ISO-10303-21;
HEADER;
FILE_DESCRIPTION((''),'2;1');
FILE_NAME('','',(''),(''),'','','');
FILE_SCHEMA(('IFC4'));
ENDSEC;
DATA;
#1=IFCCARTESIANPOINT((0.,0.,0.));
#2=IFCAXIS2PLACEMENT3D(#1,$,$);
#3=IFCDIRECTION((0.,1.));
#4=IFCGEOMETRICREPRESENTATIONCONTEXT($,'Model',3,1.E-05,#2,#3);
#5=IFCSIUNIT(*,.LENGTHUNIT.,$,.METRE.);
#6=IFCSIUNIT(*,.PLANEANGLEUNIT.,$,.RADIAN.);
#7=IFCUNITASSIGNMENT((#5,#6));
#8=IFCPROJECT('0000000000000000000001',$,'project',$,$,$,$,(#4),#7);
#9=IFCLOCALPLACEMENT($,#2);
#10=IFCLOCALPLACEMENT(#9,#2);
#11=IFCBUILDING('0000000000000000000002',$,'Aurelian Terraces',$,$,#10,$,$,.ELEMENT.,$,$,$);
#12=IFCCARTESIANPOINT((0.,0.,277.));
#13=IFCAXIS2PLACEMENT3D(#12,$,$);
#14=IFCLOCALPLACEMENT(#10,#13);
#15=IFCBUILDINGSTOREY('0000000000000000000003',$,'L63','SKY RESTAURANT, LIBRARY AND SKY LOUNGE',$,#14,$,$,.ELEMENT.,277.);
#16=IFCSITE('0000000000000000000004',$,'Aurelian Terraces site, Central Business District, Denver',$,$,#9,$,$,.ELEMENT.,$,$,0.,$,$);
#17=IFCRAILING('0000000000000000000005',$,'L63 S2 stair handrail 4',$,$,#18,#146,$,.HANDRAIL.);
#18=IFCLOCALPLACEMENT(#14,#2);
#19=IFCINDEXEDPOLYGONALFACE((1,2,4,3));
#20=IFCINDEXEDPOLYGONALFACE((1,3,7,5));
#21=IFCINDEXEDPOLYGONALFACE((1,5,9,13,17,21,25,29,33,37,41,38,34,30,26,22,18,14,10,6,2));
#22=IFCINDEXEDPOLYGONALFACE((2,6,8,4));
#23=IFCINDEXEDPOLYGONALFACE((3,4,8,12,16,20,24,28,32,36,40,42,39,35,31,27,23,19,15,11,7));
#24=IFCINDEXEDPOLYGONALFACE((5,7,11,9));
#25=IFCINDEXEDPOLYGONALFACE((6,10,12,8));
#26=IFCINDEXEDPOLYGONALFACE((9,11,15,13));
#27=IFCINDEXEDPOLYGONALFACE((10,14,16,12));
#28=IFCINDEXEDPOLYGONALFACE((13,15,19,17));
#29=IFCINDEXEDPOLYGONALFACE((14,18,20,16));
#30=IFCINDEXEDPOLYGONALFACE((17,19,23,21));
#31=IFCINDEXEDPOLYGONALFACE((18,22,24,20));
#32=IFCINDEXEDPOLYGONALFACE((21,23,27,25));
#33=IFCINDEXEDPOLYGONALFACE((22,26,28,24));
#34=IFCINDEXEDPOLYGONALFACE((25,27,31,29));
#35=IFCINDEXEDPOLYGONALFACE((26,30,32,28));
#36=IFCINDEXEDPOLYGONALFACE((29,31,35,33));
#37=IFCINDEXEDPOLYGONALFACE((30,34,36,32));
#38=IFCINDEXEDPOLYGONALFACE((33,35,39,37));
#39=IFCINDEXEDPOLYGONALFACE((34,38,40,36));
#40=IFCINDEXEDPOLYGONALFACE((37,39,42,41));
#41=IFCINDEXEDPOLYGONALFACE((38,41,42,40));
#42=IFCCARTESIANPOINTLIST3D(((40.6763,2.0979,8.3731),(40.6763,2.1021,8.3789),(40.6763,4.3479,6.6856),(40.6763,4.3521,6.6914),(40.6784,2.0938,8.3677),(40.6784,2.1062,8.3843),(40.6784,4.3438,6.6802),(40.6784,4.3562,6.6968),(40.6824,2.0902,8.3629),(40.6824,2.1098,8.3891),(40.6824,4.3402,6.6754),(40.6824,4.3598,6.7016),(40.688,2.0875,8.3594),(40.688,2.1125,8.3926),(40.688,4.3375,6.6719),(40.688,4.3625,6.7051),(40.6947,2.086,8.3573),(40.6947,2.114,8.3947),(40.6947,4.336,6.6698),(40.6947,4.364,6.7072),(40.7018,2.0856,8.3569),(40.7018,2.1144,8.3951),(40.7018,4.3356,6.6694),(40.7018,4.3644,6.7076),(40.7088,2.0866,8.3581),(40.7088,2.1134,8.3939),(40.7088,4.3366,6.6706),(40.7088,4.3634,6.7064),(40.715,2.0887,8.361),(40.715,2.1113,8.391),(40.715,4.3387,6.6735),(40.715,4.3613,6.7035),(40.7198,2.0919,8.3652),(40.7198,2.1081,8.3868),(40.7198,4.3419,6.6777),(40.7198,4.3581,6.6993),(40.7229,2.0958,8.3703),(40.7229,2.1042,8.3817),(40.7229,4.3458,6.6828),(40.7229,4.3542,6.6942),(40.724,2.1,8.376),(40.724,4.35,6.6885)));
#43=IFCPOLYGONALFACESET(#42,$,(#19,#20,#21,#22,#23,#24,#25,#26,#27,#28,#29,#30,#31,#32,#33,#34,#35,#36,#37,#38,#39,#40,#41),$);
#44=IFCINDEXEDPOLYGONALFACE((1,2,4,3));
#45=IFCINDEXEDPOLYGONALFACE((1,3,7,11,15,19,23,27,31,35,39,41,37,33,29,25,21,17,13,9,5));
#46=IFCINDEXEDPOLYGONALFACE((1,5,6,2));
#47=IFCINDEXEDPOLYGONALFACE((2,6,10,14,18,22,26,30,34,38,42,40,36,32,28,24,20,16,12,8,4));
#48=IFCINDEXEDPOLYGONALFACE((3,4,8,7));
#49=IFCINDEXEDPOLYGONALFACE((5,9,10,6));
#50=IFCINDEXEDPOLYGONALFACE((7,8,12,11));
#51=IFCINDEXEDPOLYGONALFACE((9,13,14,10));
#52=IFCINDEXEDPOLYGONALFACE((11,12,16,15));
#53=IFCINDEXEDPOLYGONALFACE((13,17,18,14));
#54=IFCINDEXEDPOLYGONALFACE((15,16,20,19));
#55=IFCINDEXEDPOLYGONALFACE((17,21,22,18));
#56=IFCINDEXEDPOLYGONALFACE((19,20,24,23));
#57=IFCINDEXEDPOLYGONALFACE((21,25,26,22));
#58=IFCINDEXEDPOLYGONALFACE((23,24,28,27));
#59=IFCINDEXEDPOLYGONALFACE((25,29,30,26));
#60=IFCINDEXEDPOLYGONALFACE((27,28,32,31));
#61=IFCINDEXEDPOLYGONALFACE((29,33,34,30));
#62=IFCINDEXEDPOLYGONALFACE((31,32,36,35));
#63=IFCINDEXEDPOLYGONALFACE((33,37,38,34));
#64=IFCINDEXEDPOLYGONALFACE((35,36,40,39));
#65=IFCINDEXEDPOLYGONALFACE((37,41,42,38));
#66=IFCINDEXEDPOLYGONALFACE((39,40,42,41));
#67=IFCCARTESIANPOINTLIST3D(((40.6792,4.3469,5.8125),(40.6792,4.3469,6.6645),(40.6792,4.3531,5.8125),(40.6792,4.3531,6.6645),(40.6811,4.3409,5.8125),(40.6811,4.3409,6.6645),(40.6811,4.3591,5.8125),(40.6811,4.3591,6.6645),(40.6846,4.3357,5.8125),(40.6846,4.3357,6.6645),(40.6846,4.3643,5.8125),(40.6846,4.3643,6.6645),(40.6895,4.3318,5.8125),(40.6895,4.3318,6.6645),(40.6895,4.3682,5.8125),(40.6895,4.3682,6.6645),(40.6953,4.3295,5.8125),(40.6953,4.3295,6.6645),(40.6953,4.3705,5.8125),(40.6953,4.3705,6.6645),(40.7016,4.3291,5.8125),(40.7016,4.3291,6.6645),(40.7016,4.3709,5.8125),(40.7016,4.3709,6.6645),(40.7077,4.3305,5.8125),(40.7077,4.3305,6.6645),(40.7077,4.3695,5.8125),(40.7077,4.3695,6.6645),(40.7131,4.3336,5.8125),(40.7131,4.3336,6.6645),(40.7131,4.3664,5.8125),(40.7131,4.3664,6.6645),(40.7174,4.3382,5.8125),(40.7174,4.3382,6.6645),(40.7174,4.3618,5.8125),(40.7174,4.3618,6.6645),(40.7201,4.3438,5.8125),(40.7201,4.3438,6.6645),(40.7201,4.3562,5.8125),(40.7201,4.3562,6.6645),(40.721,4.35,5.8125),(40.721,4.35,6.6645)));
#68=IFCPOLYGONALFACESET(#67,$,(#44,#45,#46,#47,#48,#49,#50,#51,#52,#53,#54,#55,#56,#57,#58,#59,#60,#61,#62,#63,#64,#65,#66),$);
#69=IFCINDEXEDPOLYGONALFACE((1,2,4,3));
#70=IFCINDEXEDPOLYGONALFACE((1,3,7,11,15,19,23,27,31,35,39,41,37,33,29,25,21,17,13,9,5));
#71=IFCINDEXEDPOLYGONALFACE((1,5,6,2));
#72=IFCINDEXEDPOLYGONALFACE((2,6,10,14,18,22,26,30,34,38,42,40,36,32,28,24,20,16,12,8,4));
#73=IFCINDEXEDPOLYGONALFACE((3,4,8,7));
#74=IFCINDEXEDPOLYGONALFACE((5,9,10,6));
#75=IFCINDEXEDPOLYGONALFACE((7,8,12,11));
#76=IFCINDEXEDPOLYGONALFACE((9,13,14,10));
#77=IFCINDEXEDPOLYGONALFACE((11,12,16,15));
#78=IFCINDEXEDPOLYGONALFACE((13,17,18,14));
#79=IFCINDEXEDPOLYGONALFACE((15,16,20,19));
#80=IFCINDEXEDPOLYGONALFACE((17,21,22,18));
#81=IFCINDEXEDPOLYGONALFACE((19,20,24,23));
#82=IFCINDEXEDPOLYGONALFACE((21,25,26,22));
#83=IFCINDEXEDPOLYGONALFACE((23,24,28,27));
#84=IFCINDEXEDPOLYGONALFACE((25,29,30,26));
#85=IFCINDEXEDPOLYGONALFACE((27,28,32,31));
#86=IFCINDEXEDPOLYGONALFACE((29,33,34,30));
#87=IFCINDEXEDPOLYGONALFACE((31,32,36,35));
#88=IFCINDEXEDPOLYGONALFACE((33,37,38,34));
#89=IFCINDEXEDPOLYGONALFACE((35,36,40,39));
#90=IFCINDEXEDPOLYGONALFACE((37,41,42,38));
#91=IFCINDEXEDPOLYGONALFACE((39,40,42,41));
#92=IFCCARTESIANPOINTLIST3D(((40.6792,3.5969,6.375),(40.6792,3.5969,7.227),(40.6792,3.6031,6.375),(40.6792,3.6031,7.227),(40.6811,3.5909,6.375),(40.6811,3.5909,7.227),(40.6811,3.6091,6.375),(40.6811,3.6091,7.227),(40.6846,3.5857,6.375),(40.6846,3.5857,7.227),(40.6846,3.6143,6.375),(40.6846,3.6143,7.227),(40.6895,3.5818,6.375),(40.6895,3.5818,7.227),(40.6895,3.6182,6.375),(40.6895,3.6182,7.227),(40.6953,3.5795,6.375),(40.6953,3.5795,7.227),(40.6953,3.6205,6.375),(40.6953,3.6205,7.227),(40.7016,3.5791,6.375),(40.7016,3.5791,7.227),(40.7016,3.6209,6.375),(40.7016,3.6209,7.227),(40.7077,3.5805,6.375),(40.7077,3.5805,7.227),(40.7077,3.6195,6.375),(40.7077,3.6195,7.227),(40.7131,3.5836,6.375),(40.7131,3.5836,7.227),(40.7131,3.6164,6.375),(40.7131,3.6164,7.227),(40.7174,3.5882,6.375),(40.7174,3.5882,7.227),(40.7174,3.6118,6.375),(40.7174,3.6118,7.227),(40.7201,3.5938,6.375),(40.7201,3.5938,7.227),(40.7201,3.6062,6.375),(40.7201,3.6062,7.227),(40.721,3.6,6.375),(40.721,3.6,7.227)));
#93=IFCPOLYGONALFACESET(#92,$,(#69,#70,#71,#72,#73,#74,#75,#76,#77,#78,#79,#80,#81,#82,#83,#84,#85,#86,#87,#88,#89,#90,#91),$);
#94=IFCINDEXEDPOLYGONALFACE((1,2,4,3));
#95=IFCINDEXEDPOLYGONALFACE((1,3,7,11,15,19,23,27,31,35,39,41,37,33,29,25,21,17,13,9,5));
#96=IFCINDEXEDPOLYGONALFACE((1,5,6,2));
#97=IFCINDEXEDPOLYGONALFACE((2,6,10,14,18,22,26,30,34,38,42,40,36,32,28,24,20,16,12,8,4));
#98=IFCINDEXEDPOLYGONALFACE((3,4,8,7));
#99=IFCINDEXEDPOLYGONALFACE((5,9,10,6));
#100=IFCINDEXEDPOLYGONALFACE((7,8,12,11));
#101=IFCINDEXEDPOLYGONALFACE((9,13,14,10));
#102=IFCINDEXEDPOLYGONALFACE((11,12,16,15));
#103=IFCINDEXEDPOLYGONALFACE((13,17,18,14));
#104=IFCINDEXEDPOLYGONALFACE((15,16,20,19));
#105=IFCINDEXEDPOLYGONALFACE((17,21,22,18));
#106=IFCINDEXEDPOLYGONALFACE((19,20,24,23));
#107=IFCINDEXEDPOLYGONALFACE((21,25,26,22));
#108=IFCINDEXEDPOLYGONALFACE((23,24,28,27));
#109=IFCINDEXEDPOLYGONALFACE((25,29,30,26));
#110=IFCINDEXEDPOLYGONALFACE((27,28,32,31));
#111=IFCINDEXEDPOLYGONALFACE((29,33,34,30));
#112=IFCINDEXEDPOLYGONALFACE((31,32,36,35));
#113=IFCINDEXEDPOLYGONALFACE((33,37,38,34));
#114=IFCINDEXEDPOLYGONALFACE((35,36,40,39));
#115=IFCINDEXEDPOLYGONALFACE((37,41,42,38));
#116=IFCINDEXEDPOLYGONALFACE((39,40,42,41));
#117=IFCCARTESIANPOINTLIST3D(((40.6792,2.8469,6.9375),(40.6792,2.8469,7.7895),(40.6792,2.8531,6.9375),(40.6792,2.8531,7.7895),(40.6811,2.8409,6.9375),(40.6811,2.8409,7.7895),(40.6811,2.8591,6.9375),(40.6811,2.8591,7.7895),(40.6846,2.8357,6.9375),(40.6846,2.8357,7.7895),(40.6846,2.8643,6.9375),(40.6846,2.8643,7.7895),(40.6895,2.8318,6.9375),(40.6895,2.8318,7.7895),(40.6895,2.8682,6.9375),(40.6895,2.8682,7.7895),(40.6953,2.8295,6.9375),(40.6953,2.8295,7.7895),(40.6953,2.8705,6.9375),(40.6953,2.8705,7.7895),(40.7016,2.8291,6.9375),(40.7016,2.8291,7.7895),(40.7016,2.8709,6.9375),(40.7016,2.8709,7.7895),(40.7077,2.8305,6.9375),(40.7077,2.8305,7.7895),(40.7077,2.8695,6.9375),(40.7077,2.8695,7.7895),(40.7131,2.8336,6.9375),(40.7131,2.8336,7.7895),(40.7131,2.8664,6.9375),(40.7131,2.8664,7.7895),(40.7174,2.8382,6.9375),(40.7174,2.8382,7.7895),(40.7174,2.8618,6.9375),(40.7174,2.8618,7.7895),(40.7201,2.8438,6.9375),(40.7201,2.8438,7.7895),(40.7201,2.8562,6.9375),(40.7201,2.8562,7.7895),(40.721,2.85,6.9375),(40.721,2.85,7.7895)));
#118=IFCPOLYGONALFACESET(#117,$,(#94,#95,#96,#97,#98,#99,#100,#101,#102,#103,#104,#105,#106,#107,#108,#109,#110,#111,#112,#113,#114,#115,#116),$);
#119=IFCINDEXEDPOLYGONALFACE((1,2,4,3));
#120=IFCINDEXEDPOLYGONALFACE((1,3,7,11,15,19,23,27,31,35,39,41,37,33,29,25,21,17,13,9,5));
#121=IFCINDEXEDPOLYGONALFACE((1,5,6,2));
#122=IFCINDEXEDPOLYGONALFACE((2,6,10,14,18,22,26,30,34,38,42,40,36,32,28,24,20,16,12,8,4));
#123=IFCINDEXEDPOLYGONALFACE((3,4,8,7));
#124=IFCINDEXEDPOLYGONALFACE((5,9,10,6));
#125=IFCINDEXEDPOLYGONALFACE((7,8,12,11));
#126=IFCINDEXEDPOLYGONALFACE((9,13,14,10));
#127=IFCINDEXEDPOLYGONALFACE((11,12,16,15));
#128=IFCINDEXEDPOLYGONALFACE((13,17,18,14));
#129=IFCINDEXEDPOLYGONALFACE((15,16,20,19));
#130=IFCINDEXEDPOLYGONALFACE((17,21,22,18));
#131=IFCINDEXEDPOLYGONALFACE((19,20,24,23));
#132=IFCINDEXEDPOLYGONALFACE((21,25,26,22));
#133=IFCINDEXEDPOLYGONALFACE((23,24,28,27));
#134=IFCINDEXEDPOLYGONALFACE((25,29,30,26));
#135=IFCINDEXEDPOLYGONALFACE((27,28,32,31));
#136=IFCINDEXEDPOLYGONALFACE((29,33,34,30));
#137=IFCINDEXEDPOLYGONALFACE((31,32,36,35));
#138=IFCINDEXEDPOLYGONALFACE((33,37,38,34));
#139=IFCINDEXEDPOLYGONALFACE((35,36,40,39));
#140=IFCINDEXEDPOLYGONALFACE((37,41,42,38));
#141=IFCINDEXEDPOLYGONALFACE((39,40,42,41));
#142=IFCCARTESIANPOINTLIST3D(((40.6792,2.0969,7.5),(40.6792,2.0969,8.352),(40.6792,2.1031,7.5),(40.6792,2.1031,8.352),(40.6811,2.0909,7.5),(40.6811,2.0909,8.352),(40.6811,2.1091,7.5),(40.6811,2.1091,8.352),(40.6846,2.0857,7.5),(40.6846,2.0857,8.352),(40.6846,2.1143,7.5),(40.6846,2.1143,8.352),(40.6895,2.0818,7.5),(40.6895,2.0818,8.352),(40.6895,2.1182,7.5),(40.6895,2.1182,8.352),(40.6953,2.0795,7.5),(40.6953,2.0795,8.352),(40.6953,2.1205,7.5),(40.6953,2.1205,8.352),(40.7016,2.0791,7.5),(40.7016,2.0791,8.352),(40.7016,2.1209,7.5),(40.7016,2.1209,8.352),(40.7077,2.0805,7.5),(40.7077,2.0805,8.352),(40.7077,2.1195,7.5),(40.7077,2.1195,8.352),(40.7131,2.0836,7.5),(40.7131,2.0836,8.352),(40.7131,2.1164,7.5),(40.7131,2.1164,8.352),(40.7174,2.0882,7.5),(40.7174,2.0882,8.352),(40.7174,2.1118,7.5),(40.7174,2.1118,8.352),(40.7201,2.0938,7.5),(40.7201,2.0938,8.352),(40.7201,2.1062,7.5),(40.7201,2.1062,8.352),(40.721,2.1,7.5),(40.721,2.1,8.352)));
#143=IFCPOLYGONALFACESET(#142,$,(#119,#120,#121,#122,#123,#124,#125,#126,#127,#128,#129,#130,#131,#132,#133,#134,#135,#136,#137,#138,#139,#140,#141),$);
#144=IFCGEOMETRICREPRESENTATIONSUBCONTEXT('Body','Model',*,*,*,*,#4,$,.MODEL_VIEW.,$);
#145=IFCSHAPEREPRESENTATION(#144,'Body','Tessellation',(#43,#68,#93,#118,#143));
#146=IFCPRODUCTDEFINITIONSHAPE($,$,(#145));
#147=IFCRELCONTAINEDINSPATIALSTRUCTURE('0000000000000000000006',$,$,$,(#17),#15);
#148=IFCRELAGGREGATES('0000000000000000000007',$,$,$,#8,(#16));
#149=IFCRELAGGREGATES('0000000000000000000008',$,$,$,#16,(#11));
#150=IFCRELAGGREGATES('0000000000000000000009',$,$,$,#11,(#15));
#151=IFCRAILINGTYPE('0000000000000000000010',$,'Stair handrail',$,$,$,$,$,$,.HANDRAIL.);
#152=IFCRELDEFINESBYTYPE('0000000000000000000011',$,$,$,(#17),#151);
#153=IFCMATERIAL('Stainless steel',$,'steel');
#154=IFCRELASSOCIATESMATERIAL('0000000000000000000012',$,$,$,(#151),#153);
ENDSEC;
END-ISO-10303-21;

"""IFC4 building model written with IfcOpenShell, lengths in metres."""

from ifc_helpers import new_model, si_unit, direction, frame, origin, origin_2d, place, context, subcontext, project, spatial, circle, extrude, source, transform, mapped, material, type_object, element, save


model = new_model("IFC4")

# Units and contexts
model_context = context("Model", 3, precision=1e-05, world=origin(), true_north=direction((0.0, 1.0)))
body_context = subcontext(model_context, "Body", "Model", "MODEL_VIEW")
ifc_project = project(units=[si_unit("LENGTHUNIT", "METRE"), si_unit("PLANEANGLEUNIT", "RADIAN")], contexts=[model_context])

# Site, building, storey
site_placement = place(None, origin())
site = spatial("IfcSite", under=ifc_project, at=site_placement, Name="Aurelian Terraces site, Central Business District, Denver", CompositionType="ELEMENT", RefElevation=0.0)
building_placement = place(site_placement, origin())
building = spatial("IfcBuilding", under=site, at=building_placement, Name="Aurelian Terraces", CompositionType="ELEMENT")
storey_placement = place(building_placement, frame((0.0, 0.0, 277.0)))
storey = spatial("IfcBuildingStorey", under=building, at=storey_placement, Name="L63", Description="SKY RESTAURANT, LIBRARY AND SKY LOUNGE", CompositionType="ELEMENT", Elevation=277.0)

# Railing
ifc_material_1 = material(Name="Stainless steel", Category="steel")
railing_type_1 = type_object("IfcRailingType", Name="Stair handrail", PredefinedType="HANDRAIL", material=ifc_material_1)
shared_shape_1 = source(origin(), body_context, "Body", "SweptSolid", [
    extrude(circle(Radius=0.024, at=origin_2d()), frame((0.0, 0.0, 0.876), z_axis=(0.0, -0.8, 0.6), x_axis=(1.0, 0.0, 0.0)), (0.0, 0.0, 1.0), 2.8125),
    extrude(circle(Radius=0.021, at=origin_2d()), origin(), (0.0, 0.0, 1.0), 0.852),
    extrude(circle(Radius=0.021, at=origin_2d()), frame((0.0, -0.75, 0.5625)), (0.0, 0.0, 1.0), 0.852),
    extrude(circle(Radius=0.021, at=origin_2d()), frame((0.0, -1.5, 1.125)), (0.0, 0.0, 1.0), 0.852),
    extrude(circle(Radius=0.021, at=origin_2d()), frame((0.0, -2.25, 1.6875)), (0.0, 0.0, 1.0), 0.852),
])
for number, where, name in (
    (1, (40.7, 4.35, 5.8125), "L63 S2 stair handrail 4"),
):
    element("IfcRailing", number, at=place(storey_placement, frame(where)), inside=storey, type_object=railing_type_1, Name=name, PredefinedType="HANDRAIL", context=body_context, shape_type="MappedRepresentation", body=[
        mapped(shared_shape_1, transform((0.0, 0.0, 0.0), scale=1.0)),
    ])

save(model, "model.ifc")
